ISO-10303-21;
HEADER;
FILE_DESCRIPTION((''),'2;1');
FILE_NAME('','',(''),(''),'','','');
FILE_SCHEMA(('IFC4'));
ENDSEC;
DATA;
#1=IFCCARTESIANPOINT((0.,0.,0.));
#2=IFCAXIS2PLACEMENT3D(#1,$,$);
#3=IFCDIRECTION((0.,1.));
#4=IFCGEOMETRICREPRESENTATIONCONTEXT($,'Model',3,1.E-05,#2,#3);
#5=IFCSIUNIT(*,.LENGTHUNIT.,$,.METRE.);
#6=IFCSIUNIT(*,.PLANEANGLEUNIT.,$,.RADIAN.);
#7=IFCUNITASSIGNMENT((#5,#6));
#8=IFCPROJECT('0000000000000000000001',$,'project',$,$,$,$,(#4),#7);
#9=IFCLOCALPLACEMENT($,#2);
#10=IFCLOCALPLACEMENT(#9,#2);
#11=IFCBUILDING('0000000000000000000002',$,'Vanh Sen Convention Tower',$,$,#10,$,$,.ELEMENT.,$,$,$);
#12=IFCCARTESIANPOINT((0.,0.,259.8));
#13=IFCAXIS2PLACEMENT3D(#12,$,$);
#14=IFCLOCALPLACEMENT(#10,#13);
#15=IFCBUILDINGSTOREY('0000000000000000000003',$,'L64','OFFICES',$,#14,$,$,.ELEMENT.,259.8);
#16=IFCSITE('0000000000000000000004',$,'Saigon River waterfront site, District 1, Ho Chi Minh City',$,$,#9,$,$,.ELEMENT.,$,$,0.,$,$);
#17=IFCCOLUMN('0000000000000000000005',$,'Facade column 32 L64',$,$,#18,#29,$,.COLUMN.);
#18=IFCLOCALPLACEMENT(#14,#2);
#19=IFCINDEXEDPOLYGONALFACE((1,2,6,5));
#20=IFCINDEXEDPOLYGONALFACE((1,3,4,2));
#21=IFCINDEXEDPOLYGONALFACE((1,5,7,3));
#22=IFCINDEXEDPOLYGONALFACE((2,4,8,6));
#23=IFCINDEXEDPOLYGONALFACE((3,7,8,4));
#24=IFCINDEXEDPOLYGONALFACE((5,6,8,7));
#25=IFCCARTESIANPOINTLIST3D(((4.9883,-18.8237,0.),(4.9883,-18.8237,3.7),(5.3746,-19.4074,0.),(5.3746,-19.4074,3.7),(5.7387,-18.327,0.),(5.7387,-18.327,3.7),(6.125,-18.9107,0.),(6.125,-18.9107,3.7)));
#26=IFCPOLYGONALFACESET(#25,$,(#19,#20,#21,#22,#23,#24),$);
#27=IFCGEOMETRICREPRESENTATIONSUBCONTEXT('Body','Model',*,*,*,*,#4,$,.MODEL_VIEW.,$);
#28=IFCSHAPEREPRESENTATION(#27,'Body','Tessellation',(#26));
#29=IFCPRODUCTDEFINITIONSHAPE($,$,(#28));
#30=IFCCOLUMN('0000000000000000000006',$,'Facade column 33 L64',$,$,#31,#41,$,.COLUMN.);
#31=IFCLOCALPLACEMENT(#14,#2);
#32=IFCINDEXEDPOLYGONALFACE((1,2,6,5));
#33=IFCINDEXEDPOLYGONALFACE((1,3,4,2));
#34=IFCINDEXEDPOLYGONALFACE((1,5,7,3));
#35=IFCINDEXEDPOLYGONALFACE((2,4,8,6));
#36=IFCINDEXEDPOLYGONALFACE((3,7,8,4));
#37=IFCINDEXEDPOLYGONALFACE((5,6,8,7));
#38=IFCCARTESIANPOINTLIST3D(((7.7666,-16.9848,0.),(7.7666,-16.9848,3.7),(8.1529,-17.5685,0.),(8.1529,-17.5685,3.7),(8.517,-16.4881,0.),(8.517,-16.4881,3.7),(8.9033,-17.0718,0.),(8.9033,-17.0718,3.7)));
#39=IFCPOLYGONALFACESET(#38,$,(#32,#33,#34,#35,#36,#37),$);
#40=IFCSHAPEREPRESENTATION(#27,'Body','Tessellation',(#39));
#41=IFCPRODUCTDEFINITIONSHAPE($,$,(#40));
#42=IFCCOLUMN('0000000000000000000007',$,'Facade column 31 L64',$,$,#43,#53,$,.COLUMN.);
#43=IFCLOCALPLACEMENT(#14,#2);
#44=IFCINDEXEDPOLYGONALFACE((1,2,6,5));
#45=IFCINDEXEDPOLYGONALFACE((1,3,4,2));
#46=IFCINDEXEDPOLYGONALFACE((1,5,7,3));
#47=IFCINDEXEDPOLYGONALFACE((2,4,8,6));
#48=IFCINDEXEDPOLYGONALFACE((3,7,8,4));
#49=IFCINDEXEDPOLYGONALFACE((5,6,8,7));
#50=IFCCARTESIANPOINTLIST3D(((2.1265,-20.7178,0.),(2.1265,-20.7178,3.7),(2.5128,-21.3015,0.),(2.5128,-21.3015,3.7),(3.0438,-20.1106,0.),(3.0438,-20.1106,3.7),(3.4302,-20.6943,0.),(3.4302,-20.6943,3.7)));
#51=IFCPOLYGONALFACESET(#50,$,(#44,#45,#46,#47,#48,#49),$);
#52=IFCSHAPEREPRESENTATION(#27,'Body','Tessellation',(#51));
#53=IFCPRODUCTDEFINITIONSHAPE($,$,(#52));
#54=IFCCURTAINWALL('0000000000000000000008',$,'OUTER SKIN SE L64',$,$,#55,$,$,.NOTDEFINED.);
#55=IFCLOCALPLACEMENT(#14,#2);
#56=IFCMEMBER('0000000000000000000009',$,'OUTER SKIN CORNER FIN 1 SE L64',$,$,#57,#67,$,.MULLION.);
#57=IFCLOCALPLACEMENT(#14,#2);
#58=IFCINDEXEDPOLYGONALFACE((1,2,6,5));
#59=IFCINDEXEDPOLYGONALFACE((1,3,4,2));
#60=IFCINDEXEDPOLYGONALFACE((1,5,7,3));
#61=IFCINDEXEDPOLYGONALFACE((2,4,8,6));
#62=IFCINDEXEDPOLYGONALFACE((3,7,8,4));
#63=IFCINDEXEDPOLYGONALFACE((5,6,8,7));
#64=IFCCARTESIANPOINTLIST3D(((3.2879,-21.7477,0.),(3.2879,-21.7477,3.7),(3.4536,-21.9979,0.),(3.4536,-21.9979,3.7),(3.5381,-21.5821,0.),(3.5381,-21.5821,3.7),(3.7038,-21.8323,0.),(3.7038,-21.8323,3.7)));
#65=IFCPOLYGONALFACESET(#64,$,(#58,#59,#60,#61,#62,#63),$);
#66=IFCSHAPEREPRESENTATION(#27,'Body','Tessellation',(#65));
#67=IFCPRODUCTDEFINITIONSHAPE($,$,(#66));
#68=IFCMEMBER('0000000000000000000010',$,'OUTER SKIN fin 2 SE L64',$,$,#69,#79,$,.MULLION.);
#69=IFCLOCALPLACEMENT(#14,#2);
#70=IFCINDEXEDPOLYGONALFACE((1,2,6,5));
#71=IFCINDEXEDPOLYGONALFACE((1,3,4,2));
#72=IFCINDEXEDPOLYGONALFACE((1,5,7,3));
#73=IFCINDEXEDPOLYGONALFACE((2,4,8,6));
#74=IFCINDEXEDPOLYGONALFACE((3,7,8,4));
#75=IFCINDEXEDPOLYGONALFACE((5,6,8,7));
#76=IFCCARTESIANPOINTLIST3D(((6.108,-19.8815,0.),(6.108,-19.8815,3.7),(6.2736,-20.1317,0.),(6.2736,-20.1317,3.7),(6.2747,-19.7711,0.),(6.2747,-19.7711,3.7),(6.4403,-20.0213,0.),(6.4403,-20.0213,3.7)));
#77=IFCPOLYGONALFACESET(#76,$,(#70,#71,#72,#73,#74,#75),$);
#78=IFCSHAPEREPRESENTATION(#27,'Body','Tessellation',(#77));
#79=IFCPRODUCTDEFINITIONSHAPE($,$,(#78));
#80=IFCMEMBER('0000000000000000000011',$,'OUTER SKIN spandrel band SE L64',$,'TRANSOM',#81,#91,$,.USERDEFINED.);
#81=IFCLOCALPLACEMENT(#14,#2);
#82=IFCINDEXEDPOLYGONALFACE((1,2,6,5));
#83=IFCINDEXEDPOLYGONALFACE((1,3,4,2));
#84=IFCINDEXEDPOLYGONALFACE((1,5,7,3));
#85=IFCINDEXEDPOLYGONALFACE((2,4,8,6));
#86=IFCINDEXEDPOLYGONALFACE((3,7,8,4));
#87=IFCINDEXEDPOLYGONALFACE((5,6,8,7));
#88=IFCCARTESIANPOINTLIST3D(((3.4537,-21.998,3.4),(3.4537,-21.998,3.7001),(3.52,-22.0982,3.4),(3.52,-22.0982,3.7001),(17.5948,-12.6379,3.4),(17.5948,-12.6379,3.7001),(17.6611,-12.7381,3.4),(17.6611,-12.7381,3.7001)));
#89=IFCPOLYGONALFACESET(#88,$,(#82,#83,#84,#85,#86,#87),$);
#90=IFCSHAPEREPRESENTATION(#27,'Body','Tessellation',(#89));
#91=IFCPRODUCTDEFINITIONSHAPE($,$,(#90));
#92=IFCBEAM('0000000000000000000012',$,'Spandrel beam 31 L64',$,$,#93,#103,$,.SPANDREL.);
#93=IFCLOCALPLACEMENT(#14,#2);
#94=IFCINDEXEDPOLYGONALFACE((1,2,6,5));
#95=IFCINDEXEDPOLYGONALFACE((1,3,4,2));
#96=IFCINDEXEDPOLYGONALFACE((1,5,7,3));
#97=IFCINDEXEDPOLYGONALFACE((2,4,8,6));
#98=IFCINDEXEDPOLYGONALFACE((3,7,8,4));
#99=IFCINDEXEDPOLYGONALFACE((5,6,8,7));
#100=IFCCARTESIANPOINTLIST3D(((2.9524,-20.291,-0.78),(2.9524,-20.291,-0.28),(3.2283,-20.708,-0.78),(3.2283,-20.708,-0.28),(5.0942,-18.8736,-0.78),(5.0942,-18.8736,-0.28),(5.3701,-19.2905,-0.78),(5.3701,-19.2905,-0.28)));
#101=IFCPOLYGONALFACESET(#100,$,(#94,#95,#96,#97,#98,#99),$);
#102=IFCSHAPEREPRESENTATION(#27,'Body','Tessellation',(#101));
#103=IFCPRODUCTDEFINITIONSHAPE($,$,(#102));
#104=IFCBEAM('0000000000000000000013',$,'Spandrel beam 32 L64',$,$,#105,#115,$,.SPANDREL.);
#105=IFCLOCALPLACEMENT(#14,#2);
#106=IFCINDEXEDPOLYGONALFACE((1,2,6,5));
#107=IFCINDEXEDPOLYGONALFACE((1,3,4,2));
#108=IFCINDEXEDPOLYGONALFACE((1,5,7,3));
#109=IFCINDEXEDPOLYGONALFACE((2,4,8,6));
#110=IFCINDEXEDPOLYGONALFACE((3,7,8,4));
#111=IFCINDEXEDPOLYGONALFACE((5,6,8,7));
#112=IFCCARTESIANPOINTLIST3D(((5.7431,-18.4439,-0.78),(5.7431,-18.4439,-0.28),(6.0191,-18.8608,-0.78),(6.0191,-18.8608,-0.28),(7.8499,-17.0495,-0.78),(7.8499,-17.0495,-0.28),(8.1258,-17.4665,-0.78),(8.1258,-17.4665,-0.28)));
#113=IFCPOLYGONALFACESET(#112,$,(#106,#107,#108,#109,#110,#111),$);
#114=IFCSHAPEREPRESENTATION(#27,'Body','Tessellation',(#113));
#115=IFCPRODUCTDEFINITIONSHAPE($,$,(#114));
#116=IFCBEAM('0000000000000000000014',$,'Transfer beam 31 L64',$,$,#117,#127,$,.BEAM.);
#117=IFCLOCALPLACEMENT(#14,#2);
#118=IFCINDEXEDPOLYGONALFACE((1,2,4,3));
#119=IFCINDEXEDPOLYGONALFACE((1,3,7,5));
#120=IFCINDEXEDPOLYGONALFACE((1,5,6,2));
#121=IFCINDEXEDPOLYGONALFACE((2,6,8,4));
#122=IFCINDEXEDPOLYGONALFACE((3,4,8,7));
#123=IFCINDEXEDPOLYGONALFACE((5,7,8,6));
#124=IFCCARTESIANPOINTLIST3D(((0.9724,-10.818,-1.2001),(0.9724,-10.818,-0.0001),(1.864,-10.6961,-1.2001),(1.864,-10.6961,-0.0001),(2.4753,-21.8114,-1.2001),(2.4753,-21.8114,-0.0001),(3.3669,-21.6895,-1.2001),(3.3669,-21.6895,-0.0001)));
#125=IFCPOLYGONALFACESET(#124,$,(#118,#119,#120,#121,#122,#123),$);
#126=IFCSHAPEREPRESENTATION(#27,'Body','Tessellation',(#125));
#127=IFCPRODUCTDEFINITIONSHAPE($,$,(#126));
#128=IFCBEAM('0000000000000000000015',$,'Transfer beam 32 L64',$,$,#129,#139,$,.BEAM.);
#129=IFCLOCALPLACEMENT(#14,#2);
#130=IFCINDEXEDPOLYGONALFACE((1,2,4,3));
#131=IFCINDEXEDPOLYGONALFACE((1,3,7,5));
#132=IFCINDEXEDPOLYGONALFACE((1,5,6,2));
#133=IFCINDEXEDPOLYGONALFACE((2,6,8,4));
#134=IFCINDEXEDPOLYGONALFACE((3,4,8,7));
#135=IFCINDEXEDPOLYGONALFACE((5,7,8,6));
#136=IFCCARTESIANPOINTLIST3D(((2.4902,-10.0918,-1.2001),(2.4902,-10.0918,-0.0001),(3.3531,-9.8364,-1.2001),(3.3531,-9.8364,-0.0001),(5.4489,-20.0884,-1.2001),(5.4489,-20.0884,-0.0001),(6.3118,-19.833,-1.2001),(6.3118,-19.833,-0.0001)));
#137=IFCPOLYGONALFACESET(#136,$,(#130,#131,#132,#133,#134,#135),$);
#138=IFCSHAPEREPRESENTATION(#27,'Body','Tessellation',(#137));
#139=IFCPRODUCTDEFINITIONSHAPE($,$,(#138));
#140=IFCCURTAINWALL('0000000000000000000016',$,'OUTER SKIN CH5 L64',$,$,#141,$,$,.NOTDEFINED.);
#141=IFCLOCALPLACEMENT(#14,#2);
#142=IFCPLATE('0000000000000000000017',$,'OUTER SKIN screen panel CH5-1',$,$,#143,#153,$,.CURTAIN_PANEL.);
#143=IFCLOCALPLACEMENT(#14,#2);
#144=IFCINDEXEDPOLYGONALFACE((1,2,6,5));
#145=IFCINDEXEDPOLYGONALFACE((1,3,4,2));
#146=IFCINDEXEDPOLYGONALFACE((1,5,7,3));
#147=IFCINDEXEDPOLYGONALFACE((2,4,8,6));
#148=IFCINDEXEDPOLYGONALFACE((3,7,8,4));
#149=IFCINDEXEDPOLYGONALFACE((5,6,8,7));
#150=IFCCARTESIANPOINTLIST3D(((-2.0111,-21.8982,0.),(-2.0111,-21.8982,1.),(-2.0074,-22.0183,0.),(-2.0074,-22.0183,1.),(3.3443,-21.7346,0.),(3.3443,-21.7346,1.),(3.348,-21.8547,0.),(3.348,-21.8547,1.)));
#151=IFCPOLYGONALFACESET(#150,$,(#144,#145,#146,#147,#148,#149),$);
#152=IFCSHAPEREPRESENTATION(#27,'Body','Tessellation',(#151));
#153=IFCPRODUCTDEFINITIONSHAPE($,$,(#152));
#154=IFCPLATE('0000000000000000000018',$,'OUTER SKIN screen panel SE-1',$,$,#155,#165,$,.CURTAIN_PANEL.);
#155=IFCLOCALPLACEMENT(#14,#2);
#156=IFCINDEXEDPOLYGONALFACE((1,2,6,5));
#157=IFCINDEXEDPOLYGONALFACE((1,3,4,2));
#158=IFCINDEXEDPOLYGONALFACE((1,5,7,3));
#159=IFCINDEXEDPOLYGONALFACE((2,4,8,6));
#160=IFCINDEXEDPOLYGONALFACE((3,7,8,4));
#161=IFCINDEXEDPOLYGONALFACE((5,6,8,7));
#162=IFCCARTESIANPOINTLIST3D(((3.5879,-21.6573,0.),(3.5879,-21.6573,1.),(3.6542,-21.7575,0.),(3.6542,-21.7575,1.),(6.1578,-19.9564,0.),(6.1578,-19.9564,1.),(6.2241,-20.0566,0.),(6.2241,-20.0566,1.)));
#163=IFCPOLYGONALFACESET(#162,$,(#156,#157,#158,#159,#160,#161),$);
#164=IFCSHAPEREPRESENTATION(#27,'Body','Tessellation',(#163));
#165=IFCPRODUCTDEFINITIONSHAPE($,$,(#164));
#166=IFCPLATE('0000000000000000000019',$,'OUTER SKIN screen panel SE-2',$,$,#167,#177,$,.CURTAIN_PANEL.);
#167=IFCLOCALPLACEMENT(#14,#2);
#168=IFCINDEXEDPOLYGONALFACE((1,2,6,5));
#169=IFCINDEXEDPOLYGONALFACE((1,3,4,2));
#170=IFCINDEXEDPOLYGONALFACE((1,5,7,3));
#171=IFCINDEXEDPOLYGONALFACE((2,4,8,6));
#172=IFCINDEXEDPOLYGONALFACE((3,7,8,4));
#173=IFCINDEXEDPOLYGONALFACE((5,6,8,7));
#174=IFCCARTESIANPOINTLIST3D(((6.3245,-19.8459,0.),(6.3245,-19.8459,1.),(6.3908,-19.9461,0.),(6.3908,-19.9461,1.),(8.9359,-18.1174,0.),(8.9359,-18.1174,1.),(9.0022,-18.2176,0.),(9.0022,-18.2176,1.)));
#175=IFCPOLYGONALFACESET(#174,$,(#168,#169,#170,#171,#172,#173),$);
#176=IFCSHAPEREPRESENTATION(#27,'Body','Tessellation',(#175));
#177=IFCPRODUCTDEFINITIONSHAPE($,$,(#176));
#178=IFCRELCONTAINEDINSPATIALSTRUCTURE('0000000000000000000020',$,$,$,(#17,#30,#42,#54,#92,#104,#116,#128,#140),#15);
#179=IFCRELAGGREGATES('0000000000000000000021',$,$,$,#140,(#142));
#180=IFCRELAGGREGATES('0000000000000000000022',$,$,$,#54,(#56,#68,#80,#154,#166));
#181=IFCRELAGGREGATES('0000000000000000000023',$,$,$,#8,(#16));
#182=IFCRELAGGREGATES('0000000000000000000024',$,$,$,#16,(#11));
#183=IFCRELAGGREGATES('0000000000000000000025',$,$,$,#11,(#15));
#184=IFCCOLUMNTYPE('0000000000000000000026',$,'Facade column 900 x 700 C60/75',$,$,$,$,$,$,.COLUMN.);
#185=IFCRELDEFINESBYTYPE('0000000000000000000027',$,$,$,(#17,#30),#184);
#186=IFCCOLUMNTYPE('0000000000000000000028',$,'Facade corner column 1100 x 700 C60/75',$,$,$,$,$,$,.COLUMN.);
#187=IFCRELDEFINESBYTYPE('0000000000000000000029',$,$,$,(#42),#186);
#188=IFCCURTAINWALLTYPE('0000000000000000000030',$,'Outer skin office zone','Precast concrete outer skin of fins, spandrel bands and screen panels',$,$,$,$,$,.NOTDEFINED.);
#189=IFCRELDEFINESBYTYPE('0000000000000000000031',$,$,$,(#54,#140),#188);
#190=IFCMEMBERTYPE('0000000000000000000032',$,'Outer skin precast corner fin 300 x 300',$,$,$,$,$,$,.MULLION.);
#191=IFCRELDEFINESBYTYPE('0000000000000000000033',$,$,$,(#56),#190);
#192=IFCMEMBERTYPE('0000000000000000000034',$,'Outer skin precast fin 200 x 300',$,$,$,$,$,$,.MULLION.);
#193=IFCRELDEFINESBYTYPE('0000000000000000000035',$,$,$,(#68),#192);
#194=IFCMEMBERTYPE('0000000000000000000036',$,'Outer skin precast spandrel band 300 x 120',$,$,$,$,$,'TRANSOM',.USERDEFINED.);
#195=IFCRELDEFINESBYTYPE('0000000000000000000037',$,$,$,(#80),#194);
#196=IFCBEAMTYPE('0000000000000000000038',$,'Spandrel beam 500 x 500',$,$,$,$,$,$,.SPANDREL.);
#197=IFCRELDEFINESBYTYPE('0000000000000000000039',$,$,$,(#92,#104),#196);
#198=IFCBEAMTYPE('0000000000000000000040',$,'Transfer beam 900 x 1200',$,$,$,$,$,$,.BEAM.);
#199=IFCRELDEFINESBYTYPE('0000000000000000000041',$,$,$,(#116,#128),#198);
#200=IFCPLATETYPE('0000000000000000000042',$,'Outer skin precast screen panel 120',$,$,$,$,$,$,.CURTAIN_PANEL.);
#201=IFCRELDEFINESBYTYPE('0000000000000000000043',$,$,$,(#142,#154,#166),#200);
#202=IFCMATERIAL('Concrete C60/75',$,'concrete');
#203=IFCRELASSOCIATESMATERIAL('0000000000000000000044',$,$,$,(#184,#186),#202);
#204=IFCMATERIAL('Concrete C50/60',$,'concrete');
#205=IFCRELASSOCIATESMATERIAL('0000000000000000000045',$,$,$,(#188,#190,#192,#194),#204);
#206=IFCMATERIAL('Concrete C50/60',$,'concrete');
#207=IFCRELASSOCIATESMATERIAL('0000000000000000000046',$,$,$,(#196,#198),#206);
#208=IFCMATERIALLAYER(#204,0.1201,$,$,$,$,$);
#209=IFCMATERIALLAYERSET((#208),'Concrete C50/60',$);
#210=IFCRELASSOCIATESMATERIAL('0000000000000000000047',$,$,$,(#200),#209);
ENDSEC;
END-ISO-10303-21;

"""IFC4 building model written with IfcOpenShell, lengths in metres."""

from ifc_helpers import new_model, si_unit, direction, frame, origin, origin_2d, place, context, subcontext, project, spatial, rectangle, extrude, material, layer, layer_set, material_profile, profile_set, type_object, element, aggregate, save


model = new_model("IFC4")

# Units and contexts
model_context = context("Model", 3, precision=1e-05, world=origin(), true_north=direction((0.0, 1.0)))
body_context = subcontext(model_context, "Body", "Model", "MODEL_VIEW")
ifc_project = project(units=[si_unit("LENGTHUNIT", "METRE"), si_unit("PLANEANGLEUNIT", "RADIAN")], contexts=[model_context])

# Site, building, storey
site_placement = place(None, origin())
site = spatial("IfcSite", under=ifc_project, at=site_placement, Name="Saigon River waterfront site, District 1, Ho Chi Minh City", CompositionType="ELEMENT", RefElevation=0.0)
building_placement = place(site_placement, origin())
building = spatial("IfcBuilding", under=site, at=building_placement, Name="Vanh Sen Convention Tower", CompositionType="ELEMENT")
storey_placement = place(building_placement, frame((0.0, 0.0, 259.8)))
storey = spatial("IfcBuildingStorey", under=building, at=storey_placement, Name="L64", Description="OFFICES", CompositionType="ELEMENT", Elevation=259.8)

# Columns
ifc_material_1 = material(Name="Concrete C60/75", Category="concrete")
ifc_material_profile_1 = material_profile(ifc_material_1, rectangle(XDim=0.8999, YDim=0.7, at=origin_2d()), Name="RC 900X700")
ifc_profile_set_1 = profile_set([ifc_material_profile_1], Name="Concrete C60/75")
column_type_1 = type_object("IfcColumnType", Name="Facade column 900 x 700 C60/75", PredefinedType="COLUMN", material=ifc_profile_set_1)
for number, where, z_axis, x_axis, name in (
    (1, (5.5566, -18.8672, 0.0), (0.0, 0.0, 1.0), (0.833886, 0.551937, 0.0), "Facade column 32 L64"),
    (2, (8.335, -17.0283, 0.0), (0.0, 0.0, 1.0), (0.833886, 0.551937, 0.0), "Facade column 33 L64"),
):
    element("IfcColumn", number, at=place(storey_placement, frame(where, z_axis=z_axis, x_axis=x_axis)), inside=storey, type_object=column_type_1, Name=name, PredefinedType="COLUMN", context=body_context, shape_type="SweptSolid", body=[
        extrude(rectangle(XDim=0.8999, YDim=0.7, at=origin_2d()), origin(), (0.0, 0.0, 1.0), 3.7),
    ])
ifc_material_profile_2 = material_profile(ifc_material_1, rectangle(XDim=1.1001, YDim=0.7, at=origin_2d()), Name="RC 1100X700")
ifc_profile_set_2 = profile_set([ifc_material_profile_2], Name="Concrete C60/75")
column_type_2 = type_object("IfcColumnType", Name="Facade corner column 1100 x 700 C60/75", PredefinedType="COLUMN", material=ifc_profile_set_2)
column_placement = place(storey_placement, frame((2.7783, -20.7061, 0.0), z_axis=(0.0, 0.0, 1.0), x_axis=(0.833886, 0.551937, 0.0)))
element("IfcColumn", 3, at=column_placement, inside=storey, type_object=column_type_2, Name="Facade column 31 L64", PredefinedType="COLUMN", context=body_context, shape_type="SweptSolid", body=[
    extrude(rectangle(XDim=1.1001, YDim=0.7, at=origin_2d()), origin(), (0.0, 0.0, 1.0), 3.7),
])

# Curtain wall, members
ifc_material_2 = material(Name="Concrete C50/60", Category="concrete")
curtain_wall_type = type_object("IfcCurtainWallType", Name="Outer skin office zone", Description="Precast concrete outer skin of fins, spandrel bands and screen panels", PredefinedType="NOTDEFINED", material=ifc_material_2)
curtain_wall_1_placement = place(storey_placement, origin())
curtain_wall_1 = element("IfcCurtainWall", 4, at=curtain_wall_1_placement, inside=storey, type_object=curtain_wall_type, Name="OUTER SKIN SE L64", PredefinedType="NOTDEFINED")
ifc_material_profile_3 = material_profile(ifc_material_2, rectangle(XDim=0.3, YDim=0.3, at=origin_2d()), Name="Outer skin precast corner fin 300 x 300")
ifc_profile_set_3 = profile_set([ifc_material_profile_3], Name="Concrete C50/60")
member_type_1 = type_object("IfcMemberType", Name="Outer skin precast corner fin 300 x 300", PredefinedType="MULLION", material=ifc_profile_set_3)
member_1_placement = place(storey_placement, frame((3.4958, -21.79, 0.0), z_axis=(0.0, 0.0, 1.0), x_axis=(0.833886, 0.551937, 0.0)))
member_1 = element("IfcMember", 5, at=member_1_placement, type_object=member_type_1, Name="OUTER SKIN CORNER FIN 1 SE L64", PredefinedType="MULLION", context=body_context, shape_type="SweptSolid", body=[
    extrude(rectangle(XDim=0.3, YDim=0.3, at=origin_2d()), origin(), (0.0, 0.0, 1.0), 3.7),
])
ifc_material_profile_4 = material_profile(ifc_material_2, rectangle(XDim=0.2, YDim=0.3, at=origin_2d()), Name="Outer skin precast fin 200 x 300")
ifc_profile_set_4 = profile_set([ifc_material_profile_4], Name="Concrete C50/60")
member_type_2 = type_object("IfcMemberType", Name="Outer skin precast fin 200 x 300", PredefinedType="MULLION", material=ifc_profile_set_4)
member_2_placement = place(storey_placement, frame((6.2742, -19.9514, 0.0), z_axis=(0.0, 0.0, 1.0), x_axis=(0.833886, 0.551937, 0.0)))
member_2 = element("IfcMember", 6, at=member_2_placement, type_object=member_type_2, Name="OUTER SKIN fin 2 SE L64", PredefinedType="MULLION", context=body_context, shape_type="SweptSolid", body=[
    extrude(rectangle(XDim=0.2, YDim=0.3, at=origin_2d()), origin(), (0.0, 0.0, 1.0), 3.7),
])
ifc_material_profile_5 = material_profile(ifc_material_2, rectangle(XDim=0.1201, YDim=0.3, at=origin_2d()), Name="Outer skin precast spandrel band 300 x 120")
ifc_profile_set_5 = profile_set([ifc_material_profile_5], Name="Concrete C50/60")
member_type_3 = type_object("IfcMemberType", Name="Outer skin precast spandrel band 300 x 120", ElementType="TRANSOM", PredefinedType="USERDEFINED", material=ifc_profile_set_5)
member_3_placement = place(storey_placement, frame((3.4868, -22.0481, 3.55), z_axis=(0.833877, 0.55195, 0.0), x_axis=(-0.55195, 0.833877, 0.0)))
member_3 = element("IfcMember", 7, at=member_3_placement, type_object=member_type_3, Name="OUTER SKIN spandrel band SE L64", ObjectType="TRANSOM", PredefinedType="USERDEFINED", context=body_context, shape_type="SweptSolid", body=[
    extrude(rectangle(XDim=0.1201, YDim=0.3, at=origin_2d()), origin(), (0.0, 0.0, 1.0), 16.9583),
])

# Beams
ifc_material_3 = material(Name="Concrete C50/60", Category="concrete")
ifc_material_profile_6 = material_profile(ifc_material_3, rectangle(XDim=0.5, YDim=0.5, at=origin_2d()), Name="RC 500X500")
ifc_profile_set_6 = profile_set([ifc_material_profile_6], Name="Concrete C50/60")
beam_type_1 = type_object("IfcBeamType", Name="Spandrel beam 500 x 500", PredefinedType="SPANDREL", material=ifc_profile_set_6)
beam_1_placement = place(storey_placement, frame((3.0903, -20.4995, -0.53), z_axis=(0.833917, 0.551889, 0.0), x_axis=(-0.551889, 0.833917, 0.0)))
element("IfcBeam", 8, at=beam_1_placement, inside=storey, type_object=beam_type_1, Name="Spandrel beam 31 L64", PredefinedType="SPANDREL", context=body_context, shape_type="SweptSolid", body=[
    extrude(rectangle(XDim=0.5, YDim=0.5, at=origin_2d()), origin(), (0.0, 0.0, 1.0), 2.5684),
])
beam_2_placement = place(storey_placement, frame((5.8811, -18.6523, -0.53), z_axis=(0.833904, 0.551909, 0.0), x_axis=(-0.551909, 0.833904, 0.0)))
element("IfcBeam", 9, at=beam_2_placement, inside=storey, type_object=beam_type_1, Name="Spandrel beam 32 L64", PredefinedType="SPANDREL", context=body_context, shape_type="SweptSolid", body=[
    extrude(rectangle(XDim=0.5, YDim=0.5, at=origin_2d()), origin(), (0.0, 0.0, 1.0), 2.5264),
])
ifc_material_profile_7 = material_profile(ifc_material_3, rectangle(XDim=0.8999, YDim=1.2, at=origin_2d()), Name="RC 900X1200")
ifc_profile_set_7 = profile_set([ifc_material_profile_7], Name="Concrete C50/60")
beam_type_2 = type_object("IfcBeamType", Name="Transfer beam 900 x 1200", PredefinedType="BEAM", material=ifc_profile_set_7)
beam_3_placement = place(storey_placement, frame((2.9211, -21.7505, -0.6001), z_axis=(-0.135452, 0.990784, 0.0), x_axis=(-0.990784, -0.135452, 0.0)))
element("IfcBeam", 10, at=beam_3_placement, inside=storey, type_object=beam_type_2, Name="Transfer beam 31 L64", PredefinedType="BEAM", context=body_context, shape_type="SweptSolid", body=[
    extrude(rectangle(XDim=0.8999, YDim=1.2, at=origin_2d()), origin(), (0.0, 0.0, 1.0), 11.0957),
])
beam_4_placement = place(storey_placement, frame((5.8804, -19.9607, -0.6001), z_axis=(-0.283805, 0.958882, 0.0), x_axis=(-0.958882, -0.283805, 0.0)))
element("IfcBeam", 11, at=beam_4_placement, inside=storey, type_object=beam_type_2, Name="Transfer beam 32 L64", PredefinedType="BEAM", context=body_context, shape_type="SweptSolid", body=[
    extrude(rectangle(XDim=0.8999, YDim=1.2, at=origin_2d()), origin(), (0.0, 0.0, 1.0), 10.4253),
])

# Curtain wall, plate
curtain_wall_2_placement = place(storey_placement, origin())
curtain_wall_2 = element("IfcCurtainWall", 12, at=curtain_wall_2_placement, inside=storey, type_object=curtain_wall_type, Name="OUTER SKIN CH5 L64", PredefinedType="NOTDEFINED")
ifc_layer_1 = layer(ifc_material_2, 0.1201)
ifc_layer_set_1 = layer_set([ifc_layer_1], Name="Concrete C50/60")
plate_type = type_object("IfcPlateType", Name="Outer skin precast screen panel 120", PredefinedType="CURTAIN_PANEL", material=ifc_layer_set_1)
plate_1_placement = place(storey_placement, frame((0.6685, -21.8765, 0.0), z_axis=(0.0, 0.0, 1.0), x_axis=(0.999534, 0.030539, 0.0)))
plate_1 = element("IfcPlate", 13, at=plate_1_placement, type_object=plate_type, Name="OUTER SKIN screen panel CH5-1", PredefinedType="CURTAIN_PANEL", context=body_context, shape_type="SweptSolid", body=[
    extrude(rectangle(XDim=5.3579, YDim=0.1201, at=origin_2d()), origin(), (0.0, 0.0, 1.0), 1.0),
])
aggregate(curtain_wall_2, [plate_1])

# Plates
plate_2_placement = place(storey_placement, frame((4.906, -20.8569, 0.0), z_axis=(0.0, 0.0, 1.0), x_axis=(0.833902, 0.551912, 0.0)))
plate_2 = element("IfcPlate", 14, at=plate_2_placement, type_object=plate_type, Name="OUTER SKIN screen panel SE-1", PredefinedType="CURTAIN_PANEL", context=body_context, shape_type="SweptSolid", body=[
    extrude(rectangle(XDim=3.0818, YDim=0.1201, at=origin_2d()), origin(), (0.0, 0.0, 1.0), 1.0),
])
plate_3_placement = place(storey_placement, frame((7.6633, -19.0317, 0.0), z_axis=(0.0, 0.0, 1.0), x_axis=(0.833879, 0.551947, 0.0)))
plate_3 = element("IfcPlate", 15, at=plate_3_placement, type_object=plate_type, Name="OUTER SKIN screen panel SE-2", PredefinedType="CURTAIN_PANEL", context=body_context, shape_type="SweptSolid", body=[
    extrude(rectangle(XDim=3.1316, YDim=0.1201, at=origin_2d()), origin(), (0.0, 0.0, 1.0), 1.0),
])
aggregate(curtain_wall_1, [member_1, member_2, member_3, plate_2, plate_3])

save(model, "model.ifc")
